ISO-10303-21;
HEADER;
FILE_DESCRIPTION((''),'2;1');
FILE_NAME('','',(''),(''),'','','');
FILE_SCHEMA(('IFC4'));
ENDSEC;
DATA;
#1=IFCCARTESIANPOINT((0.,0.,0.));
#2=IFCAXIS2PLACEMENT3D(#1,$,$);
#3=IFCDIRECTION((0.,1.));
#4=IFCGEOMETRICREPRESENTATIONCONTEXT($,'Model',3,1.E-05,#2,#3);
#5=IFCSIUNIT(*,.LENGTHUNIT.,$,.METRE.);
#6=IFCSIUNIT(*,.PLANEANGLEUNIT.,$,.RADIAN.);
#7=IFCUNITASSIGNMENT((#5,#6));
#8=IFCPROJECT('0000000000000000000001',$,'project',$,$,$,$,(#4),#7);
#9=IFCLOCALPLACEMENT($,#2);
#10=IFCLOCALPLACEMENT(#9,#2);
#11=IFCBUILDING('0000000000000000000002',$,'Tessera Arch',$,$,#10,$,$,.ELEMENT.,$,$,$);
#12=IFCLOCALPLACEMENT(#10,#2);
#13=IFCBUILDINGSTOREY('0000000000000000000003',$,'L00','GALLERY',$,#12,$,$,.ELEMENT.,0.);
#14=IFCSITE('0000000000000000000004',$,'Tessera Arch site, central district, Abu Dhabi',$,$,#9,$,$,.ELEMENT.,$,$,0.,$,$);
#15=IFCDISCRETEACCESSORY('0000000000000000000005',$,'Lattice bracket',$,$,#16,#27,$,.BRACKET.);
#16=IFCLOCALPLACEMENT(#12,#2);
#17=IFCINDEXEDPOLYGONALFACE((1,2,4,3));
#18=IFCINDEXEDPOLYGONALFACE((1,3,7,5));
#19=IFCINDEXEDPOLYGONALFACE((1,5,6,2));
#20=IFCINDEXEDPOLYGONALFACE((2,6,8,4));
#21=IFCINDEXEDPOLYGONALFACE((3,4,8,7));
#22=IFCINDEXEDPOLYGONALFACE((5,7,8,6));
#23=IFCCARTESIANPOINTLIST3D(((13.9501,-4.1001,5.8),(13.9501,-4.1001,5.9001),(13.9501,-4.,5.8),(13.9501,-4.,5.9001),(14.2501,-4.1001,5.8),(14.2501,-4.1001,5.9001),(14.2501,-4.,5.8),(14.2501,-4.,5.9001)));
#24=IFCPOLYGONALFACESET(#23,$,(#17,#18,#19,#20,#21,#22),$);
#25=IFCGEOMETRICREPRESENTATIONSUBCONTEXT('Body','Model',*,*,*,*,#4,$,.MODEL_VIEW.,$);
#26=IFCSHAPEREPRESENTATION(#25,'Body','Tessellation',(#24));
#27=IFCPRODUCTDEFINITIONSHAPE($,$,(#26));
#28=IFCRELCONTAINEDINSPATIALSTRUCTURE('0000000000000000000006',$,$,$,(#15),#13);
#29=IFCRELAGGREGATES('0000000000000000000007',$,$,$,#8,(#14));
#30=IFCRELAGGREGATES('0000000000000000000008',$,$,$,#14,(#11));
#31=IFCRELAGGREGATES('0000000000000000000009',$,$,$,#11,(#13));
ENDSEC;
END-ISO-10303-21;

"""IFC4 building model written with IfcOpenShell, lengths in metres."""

from ifc_helpers import new_model, si_unit, direction, frame, origin, origin_2d, place, context, subcontext, project, spatial, rectangle, extrude, element, save


model = new_model("IFC4")

# Units and contexts
model_context = context("Model", 3, precision=1e-05, world=origin(), true_north=direction((0.0, 1.0)))
body_context = subcontext(model_context, "Body", "Model", "MODEL_VIEW")
ifc_project = project(units=[si_unit("LENGTHUNIT", "METRE"), si_unit("PLANEANGLEUNIT", "RADIAN")], contexts=[model_context])

# Site, building, storey
site_placement = place(None, origin())
site = spatial("IfcSite", under=ifc_project, at=site_placement, Name="Tessera Arch site, central district, Abu Dhabi", CompositionType="ELEMENT", RefElevation=0.0)
building_placement = place(site_placement, origin())
building = spatial("IfcBuilding", under=site, at=building_placement, Name="Tessera Arch", CompositionType="ELEMENT")
storey_placement = place(building_placement, origin())
storey = spatial("IfcBuildingStorey", under=building, at=storey_placement, Name="L00", Description="GALLERY", CompositionType="ELEMENT", Elevation=0.0)

# Discrete accessory
for number, where, z_axis, x_axis, name in (
    (1, (14.1001, -4.05, 5.8), (0.0, 0.0, 1.0), (1.0, 0.0, 0.0), "Lattice bracket"),
):
    element("IfcDiscreteAccessory", number, at=place(storey_placement, frame(where, z_axis=z_axis, x_axis=x_axis)), inside=storey, Name=name, PredefinedType="BRACKET", context=body_context, shape_type="SweptSolid", body=[
        extrude(rectangle(XDim=0.3, YDim=0.1001, at=origin_2d()), origin(), (0.0, 0.0, 1.0), 0.1001),
    ])

save(model, "model.ifc")
